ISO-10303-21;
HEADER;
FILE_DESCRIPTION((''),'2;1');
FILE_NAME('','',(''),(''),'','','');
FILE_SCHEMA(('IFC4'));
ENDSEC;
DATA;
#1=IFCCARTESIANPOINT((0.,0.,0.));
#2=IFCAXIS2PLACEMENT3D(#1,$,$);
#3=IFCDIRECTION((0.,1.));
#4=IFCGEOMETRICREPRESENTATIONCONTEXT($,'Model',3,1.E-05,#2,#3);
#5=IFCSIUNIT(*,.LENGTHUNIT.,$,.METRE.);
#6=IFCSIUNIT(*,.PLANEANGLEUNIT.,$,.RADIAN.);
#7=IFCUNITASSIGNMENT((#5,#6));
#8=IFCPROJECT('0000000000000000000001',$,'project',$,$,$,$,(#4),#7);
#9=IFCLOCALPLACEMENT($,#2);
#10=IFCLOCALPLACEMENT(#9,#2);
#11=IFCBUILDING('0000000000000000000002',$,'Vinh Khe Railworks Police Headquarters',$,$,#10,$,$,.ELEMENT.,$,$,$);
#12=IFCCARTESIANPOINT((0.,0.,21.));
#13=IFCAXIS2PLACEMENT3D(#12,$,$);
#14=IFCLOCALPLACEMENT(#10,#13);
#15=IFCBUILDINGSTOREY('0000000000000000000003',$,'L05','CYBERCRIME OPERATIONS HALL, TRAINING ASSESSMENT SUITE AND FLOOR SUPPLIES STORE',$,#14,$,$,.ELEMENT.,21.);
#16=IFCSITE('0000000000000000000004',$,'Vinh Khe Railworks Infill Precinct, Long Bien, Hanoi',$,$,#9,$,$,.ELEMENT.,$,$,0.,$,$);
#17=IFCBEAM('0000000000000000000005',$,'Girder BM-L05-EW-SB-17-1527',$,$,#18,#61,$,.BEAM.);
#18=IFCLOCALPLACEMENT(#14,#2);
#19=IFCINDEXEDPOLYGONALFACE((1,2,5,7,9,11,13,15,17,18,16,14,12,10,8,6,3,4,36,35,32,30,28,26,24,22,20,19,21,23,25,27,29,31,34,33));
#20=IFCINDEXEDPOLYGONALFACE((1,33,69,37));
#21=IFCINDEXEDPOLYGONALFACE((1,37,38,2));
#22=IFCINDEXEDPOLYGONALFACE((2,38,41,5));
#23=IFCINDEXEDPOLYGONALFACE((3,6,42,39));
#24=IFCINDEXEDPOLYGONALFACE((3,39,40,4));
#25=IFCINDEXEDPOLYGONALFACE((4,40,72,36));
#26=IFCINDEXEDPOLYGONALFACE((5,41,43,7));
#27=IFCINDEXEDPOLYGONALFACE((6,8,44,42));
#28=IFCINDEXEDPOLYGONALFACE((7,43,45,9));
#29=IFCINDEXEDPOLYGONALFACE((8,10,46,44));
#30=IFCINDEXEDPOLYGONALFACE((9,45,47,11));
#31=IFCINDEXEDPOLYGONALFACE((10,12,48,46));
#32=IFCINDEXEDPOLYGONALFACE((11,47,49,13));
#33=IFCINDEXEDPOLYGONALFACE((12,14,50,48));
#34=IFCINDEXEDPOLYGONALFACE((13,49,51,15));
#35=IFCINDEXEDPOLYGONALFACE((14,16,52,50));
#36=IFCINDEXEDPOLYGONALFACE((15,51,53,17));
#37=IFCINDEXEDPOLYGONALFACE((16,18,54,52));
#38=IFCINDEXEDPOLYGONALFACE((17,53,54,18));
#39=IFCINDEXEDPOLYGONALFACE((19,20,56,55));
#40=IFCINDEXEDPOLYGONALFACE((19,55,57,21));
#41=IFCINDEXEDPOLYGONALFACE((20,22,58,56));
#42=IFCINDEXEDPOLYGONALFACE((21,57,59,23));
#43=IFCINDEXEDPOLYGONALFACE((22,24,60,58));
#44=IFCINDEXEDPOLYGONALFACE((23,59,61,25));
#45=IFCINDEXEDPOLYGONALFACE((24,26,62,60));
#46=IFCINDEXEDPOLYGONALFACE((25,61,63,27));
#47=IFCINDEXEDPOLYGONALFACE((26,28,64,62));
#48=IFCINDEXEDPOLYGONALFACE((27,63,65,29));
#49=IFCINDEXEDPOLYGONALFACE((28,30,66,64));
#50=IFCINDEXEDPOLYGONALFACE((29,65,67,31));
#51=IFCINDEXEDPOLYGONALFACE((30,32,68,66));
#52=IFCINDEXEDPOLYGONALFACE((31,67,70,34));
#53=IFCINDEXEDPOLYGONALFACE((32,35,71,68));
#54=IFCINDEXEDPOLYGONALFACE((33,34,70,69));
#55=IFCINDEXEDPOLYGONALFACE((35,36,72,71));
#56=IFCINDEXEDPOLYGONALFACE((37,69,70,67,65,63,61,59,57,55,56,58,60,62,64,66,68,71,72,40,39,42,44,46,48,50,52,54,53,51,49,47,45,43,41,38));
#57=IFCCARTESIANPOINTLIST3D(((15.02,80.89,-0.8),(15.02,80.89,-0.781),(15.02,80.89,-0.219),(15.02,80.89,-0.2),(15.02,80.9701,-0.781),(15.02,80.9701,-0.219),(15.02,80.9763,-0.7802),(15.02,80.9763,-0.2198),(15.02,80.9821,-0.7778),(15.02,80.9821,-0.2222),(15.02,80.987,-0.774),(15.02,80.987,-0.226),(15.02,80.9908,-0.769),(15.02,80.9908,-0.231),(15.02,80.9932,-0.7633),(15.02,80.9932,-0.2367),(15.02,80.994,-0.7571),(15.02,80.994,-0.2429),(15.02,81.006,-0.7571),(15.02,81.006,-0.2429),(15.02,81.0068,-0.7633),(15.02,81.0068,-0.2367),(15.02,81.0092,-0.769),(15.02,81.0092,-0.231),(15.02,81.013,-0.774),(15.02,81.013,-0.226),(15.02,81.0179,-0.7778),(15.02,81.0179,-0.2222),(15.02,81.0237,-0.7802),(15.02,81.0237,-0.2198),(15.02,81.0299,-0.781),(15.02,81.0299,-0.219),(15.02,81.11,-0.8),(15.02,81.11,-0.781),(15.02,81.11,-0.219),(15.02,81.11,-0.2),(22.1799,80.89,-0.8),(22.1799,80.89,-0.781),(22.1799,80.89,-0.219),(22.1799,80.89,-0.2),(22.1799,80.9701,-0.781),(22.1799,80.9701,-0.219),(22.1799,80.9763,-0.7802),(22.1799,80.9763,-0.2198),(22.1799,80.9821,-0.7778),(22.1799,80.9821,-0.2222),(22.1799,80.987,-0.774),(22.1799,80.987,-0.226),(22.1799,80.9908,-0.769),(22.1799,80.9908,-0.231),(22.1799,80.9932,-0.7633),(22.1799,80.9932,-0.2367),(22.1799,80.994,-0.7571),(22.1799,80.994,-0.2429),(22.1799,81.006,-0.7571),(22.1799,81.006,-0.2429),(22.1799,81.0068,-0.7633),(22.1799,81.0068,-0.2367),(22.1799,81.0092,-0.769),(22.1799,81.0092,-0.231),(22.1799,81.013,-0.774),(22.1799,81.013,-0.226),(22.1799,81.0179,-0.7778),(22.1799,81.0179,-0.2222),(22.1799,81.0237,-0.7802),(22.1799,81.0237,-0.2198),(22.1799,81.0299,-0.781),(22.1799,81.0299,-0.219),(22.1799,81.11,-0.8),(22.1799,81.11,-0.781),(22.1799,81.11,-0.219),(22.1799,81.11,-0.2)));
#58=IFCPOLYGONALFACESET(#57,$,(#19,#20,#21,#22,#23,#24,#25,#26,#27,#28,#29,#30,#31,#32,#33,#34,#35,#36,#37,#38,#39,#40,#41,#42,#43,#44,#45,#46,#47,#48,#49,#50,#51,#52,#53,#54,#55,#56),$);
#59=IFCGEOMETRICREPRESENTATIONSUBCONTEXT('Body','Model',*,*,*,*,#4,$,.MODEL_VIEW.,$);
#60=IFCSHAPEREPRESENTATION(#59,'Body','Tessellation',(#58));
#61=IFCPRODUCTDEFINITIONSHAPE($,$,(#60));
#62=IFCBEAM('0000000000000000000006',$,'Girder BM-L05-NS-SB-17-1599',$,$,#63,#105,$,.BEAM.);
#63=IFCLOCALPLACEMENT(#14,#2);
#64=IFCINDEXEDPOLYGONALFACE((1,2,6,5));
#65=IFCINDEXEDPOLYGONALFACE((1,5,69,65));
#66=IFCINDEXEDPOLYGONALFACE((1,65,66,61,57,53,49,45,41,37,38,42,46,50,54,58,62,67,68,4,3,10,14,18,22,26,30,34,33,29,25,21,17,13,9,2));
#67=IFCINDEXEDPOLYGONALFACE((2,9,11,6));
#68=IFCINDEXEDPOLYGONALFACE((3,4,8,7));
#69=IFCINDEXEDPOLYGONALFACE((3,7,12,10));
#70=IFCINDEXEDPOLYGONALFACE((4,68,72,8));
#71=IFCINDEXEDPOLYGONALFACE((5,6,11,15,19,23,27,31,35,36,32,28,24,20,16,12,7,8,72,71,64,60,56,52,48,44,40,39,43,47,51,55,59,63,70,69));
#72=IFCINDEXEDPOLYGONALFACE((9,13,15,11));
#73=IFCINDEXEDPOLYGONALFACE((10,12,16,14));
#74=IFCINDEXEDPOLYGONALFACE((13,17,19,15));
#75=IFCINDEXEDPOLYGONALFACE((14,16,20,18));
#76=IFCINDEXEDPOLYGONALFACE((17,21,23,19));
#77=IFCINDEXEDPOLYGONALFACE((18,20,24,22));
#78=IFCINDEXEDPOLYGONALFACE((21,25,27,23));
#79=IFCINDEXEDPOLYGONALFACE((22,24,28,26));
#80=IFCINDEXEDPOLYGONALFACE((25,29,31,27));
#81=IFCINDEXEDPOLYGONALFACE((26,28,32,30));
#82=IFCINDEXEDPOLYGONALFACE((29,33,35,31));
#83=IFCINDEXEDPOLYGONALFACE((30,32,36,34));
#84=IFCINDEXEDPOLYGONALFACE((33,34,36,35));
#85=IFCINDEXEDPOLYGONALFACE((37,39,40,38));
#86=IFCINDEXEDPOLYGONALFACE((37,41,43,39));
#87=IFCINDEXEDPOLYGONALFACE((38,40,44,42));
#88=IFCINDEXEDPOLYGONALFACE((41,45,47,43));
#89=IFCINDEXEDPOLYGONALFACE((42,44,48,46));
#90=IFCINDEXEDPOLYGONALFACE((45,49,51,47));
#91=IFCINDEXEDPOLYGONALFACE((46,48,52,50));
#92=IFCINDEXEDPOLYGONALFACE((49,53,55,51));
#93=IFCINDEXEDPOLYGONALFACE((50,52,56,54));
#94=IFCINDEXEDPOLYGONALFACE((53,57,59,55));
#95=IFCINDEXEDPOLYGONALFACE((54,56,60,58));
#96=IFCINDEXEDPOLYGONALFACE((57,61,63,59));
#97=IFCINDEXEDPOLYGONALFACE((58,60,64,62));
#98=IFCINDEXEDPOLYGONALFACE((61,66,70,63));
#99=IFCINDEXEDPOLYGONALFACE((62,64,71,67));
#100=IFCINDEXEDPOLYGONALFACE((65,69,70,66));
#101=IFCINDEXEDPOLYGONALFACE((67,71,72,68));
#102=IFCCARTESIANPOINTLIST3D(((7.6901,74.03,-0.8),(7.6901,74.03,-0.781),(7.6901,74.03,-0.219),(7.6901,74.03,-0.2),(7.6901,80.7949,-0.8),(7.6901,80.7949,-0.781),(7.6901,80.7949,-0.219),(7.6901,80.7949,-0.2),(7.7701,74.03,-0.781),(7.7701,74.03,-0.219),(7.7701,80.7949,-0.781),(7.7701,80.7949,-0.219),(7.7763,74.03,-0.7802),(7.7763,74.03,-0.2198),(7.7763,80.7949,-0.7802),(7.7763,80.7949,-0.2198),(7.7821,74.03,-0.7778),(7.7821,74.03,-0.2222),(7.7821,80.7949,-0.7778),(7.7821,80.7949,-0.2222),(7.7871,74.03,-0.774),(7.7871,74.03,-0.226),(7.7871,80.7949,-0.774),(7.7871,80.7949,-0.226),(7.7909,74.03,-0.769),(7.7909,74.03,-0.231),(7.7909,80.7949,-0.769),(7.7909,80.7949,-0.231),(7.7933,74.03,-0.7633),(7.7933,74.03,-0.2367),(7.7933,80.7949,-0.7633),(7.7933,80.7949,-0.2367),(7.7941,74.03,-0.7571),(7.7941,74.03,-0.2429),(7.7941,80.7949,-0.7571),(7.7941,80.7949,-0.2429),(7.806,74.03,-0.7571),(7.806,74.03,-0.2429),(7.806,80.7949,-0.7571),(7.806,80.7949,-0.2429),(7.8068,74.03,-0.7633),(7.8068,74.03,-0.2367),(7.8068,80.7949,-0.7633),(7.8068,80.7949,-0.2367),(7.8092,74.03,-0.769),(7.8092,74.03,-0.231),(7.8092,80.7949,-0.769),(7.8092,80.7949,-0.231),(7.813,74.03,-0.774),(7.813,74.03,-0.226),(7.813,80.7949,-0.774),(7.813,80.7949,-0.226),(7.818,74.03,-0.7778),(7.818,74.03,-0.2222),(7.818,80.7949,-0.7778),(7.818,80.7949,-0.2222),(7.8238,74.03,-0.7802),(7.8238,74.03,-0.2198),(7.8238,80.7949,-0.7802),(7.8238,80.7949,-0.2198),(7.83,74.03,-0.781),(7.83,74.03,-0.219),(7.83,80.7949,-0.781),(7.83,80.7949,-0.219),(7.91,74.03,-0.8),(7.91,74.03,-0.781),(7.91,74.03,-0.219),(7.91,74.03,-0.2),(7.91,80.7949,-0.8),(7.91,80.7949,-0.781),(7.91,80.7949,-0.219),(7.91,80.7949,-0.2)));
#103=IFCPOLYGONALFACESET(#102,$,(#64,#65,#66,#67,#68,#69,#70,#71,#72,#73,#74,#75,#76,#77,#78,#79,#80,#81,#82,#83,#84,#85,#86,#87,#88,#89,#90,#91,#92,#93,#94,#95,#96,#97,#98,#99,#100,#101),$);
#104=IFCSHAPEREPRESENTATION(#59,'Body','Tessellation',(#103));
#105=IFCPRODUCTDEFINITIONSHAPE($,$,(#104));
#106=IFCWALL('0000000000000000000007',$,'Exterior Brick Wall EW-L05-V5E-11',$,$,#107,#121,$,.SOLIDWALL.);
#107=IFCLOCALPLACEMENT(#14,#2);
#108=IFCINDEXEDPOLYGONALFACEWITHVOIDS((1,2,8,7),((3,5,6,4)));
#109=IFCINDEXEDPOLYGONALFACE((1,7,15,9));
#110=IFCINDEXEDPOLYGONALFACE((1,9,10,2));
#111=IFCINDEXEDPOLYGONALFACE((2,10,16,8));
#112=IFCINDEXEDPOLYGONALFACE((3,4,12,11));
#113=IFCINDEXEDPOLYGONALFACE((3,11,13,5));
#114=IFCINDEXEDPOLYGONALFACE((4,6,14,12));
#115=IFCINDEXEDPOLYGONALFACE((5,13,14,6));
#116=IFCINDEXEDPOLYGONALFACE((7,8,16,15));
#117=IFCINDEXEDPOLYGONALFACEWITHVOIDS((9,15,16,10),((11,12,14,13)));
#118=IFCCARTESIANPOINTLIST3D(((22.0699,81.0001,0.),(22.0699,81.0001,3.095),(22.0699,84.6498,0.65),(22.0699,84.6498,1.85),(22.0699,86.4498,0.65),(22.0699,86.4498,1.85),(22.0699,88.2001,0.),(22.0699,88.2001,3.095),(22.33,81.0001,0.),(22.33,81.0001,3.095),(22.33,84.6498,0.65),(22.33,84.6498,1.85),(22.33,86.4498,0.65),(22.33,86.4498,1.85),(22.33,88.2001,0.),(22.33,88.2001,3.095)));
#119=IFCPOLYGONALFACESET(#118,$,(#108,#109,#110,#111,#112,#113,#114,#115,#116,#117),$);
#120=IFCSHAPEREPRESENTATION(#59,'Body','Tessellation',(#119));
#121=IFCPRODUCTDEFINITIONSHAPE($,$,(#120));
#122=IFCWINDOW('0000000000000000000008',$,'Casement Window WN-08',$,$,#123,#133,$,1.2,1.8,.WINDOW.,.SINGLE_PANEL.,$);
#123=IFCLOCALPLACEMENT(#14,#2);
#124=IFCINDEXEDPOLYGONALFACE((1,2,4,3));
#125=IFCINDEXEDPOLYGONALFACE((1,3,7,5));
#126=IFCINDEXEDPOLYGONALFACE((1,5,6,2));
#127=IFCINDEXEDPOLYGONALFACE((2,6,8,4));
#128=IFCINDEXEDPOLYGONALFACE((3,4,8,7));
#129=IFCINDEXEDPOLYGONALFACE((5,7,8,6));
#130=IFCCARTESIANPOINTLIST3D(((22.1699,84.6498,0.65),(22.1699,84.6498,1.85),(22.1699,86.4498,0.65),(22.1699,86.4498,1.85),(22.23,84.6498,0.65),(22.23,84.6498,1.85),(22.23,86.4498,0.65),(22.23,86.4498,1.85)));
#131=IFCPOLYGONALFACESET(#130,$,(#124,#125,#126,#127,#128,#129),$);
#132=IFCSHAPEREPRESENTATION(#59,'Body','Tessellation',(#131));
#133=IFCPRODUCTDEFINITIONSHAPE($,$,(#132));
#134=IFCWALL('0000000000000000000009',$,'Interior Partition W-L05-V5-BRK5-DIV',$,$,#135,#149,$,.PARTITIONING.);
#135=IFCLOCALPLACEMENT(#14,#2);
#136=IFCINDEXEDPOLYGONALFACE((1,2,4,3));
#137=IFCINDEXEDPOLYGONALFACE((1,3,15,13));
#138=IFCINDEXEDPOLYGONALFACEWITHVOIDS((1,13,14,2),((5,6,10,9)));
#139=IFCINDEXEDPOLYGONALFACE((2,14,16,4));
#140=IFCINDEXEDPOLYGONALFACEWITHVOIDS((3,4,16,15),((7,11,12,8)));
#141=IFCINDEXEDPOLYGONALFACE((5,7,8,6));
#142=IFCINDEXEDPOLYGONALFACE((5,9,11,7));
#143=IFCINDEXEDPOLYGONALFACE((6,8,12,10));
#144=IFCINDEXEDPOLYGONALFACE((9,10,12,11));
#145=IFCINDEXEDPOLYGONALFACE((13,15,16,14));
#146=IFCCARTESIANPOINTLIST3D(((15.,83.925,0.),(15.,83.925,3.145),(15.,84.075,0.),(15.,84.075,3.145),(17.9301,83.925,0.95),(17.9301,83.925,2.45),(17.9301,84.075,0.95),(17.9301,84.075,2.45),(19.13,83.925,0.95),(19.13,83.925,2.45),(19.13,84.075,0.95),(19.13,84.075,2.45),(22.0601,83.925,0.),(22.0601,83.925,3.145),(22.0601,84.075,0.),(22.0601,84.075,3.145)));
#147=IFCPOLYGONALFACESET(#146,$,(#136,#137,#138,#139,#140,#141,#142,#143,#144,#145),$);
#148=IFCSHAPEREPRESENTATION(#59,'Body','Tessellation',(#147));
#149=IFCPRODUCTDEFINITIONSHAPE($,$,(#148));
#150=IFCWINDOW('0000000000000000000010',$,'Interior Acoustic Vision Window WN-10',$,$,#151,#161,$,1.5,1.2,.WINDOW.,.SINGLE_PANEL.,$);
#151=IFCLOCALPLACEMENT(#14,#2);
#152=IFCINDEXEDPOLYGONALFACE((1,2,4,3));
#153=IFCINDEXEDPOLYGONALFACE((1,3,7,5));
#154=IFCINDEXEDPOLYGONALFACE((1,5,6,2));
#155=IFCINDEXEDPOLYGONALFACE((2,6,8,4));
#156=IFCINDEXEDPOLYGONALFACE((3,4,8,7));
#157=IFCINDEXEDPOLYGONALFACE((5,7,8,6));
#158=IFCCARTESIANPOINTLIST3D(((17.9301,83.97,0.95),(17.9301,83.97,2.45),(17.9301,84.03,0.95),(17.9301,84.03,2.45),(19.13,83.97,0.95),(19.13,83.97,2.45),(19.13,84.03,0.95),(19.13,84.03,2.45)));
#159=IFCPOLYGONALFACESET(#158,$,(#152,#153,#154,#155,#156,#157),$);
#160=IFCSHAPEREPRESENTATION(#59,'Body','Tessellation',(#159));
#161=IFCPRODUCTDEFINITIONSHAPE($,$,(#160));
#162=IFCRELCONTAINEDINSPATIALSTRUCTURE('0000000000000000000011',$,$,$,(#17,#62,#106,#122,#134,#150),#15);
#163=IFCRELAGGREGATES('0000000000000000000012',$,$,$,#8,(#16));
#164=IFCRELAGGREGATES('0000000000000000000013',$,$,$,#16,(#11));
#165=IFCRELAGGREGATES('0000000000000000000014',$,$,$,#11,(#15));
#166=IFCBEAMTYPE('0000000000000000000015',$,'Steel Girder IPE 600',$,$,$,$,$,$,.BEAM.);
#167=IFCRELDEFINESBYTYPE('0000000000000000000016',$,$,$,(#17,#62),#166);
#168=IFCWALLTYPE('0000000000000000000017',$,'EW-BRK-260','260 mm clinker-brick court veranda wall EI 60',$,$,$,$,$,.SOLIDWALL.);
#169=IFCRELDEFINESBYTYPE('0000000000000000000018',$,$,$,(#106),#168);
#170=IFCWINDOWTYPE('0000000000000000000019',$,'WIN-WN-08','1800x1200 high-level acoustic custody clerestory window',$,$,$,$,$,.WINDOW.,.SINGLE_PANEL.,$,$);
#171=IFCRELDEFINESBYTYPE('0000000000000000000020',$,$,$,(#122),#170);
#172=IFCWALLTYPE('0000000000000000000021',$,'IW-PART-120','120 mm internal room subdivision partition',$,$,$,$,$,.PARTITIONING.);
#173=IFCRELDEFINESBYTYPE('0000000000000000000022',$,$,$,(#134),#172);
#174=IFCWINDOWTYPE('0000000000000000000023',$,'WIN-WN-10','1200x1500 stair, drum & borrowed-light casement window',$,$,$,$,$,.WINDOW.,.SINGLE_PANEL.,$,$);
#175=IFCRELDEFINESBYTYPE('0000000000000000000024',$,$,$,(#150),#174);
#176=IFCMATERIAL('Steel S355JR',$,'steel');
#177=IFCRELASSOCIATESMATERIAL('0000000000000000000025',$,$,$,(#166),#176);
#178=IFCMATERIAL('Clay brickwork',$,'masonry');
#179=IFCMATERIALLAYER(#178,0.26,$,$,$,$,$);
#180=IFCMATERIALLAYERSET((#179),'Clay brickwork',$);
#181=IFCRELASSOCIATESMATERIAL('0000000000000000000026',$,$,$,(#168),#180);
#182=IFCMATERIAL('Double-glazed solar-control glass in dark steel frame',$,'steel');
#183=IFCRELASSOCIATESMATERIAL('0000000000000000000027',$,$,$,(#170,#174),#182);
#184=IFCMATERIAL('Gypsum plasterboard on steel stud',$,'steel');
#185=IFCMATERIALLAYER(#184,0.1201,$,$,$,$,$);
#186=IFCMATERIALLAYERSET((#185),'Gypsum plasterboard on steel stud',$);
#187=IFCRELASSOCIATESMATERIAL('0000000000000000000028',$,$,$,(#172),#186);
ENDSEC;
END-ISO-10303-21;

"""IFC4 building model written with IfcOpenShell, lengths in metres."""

from ifc_helpers import new_model, si_unit, direction, frame, frame_2d, origin, origin_2d, place, context, subcontext, project, spatial, rectangle, i_section, extrude, material, layer, layer_set, material_profile, profile_set, type_object, element, fill, save


model = new_model("IFC4")

# Units and contexts
model_context = context("Model", 3, precision=1e-05, world=origin(), true_north=direction((0.0, 1.0)))
body_context = subcontext(model_context, "Body", "Model", "MODEL_VIEW")
ifc_project = project(units=[si_unit("LENGTHUNIT", "METRE"), si_unit("PLANEANGLEUNIT", "RADIAN")], contexts=[model_context])

# Site, building, storey
site_placement = place(None, origin())
site = spatial("IfcSite", under=ifc_project, at=site_placement, Name="Vinh Khe Railworks Infill Precinct, Long Bien, Hanoi", CompositionType="ELEMENT", RefElevation=0.0)
building_placement = place(site_placement, origin())
building = spatial("IfcBuilding", under=site, at=building_placement, Name="Vinh Khe Railworks Police Headquarters", CompositionType="ELEMENT")
storey_placement = place(building_placement, frame((0.0, 0.0, 21.0)))
storey = spatial("IfcBuildingStorey", under=building, at=storey_placement, Name="L05", Description="CYBERCRIME OPERATIONS HALL, TRAINING ASSESSMENT SUITE AND FLOOR SUPPLIES STORE", CompositionType="ELEMENT", Elevation=21.0)

# Shared definitions
ifc_material_1 = material(Name="Steel S355JR", Category="steel")

# Beams
ifc_material_profile_1 = material_profile(ifc_material_1, i_section(OverallWidth=0.22, OverallDepth=0.6001, WebThickness=0.012, FlangeThickness=0.019, FilletRadius=0.0239, at=origin_2d()), Name="IPE 600")
ifc_profile_set_1 = profile_set([ifc_material_profile_1], Name="Steel S355JR")
beam_type_1 = type_object("IfcBeamType", Name="Steel Girder IPE 600", PredefinedType="BEAM", material=ifc_profile_set_1)
beam_1_placement = place(storey_placement, frame((15.02, 81.0, -0.5), z_axis=(1.0, 0.0, 0.0), x_axis=(0.0, 1.0, 0.0)))
element("IfcBeam", 1, at=beam_1_placement, inside=storey, type_object=beam_type_1, Name="Girder BM-L05-EW-SB-17-1527", PredefinedType="BEAM", context=body_context, shape_type="SweptSolid", body=[
    extrude(i_section(OverallWidth=0.22, OverallDepth=0.6001, WebThickness=0.012, FlangeThickness=0.019, FilletRadius=0.0239, at=origin_2d()), origin(), (0.0, 0.0, 1.0), 7.1599),
])
beam_2_placement = place(storey_placement, frame((7.8, 74.03, -0.5), z_axis=(0.0, 1.0, 0.0), x_axis=(-1.0, 0.0, 0.0)))
element("IfcBeam", 2, at=beam_2_placement, inside=storey, type_object=beam_type_1, Name="Girder BM-L05-NS-SB-17-1599", PredefinedType="BEAM", context=body_context, shape_type="SweptSolid", body=[
    extrude(i_section(OverallWidth=0.22, OverallDepth=0.6001, WebThickness=0.012, FlangeThickness=0.019, FilletRadius=0.0239, at=origin_2d()), origin(), (0.0, 0.0, 1.0), 6.7649),
])

# Walls, openings, windows
ifc_material_2 = material(Name="Clay brickwork", Category="masonry")
ifc_layer_1 = layer(ifc_material_2, 0.26)
ifc_layer_set_1 = layer_set([ifc_layer_1], Name="Clay brickwork")
wall_type_1 = type_object("IfcWallType", Name="EW-BRK-260", Description="260 mm clinker-brick court veranda wall EI 60", PredefinedType="SOLIDWALL", material=ifc_layer_set_1)
wall_1_placement = place(storey_placement, frame((22.2, 81.0, 0.0), z_axis=(0.0, 0.0, 1.0), x_axis=(0.0, 1.0, 0.0)))
wall_1 = element("IfcWall", 3, at=wall_1_placement, inside=storey, type_object=wall_type_1, Name="Exterior Brick Wall EW-L05-V5E-11", PredefinedType="SOLIDWALL", context=body_context, shape_type="SweptSolid", body=[
    extrude(rectangle(XDim=7.2, YDim=0.26, at=frame_2d((3.6001, 0.0))), origin(), (0.0, 0.0, 1.0), 3.095),
])
opening_1_placement = place(wall_1_placement, frame((3.6499, 0.0, 0.6499)))
opening_1 = element("IfcOpeningElement", 4, at=opening_1_placement, cuts=wall_1, PredefinedType="OPENING", context=body_context, shape_type="SweptSolid", body=[
    extrude(rectangle(XDim=1.8, YDim=1.2, at=frame_2d((0.8999, 0.6001))), frame((0.0, 0.145, 0.0), z_axis=(0.0, -1.0, 0.0), x_axis=(1.0, 0.0, 0.0)), (0.0, 0.0, 1.0), 0.2898),
])
ifc_material_3 = material(Name="Double-glazed solar-control glass in dark steel frame", Category="steel")
window_type_1 = type_object("IfcWindowType", Name="WIN-WN-08", Description="1800x1200 high-level acoustic custody clerestory window", PartitioningType="SINGLE_PANEL", PredefinedType="WINDOW", material=ifc_material_3)
window_1_placement = place(opening_1_placement, origin())
window_1 = element("IfcWindow", 5, at=window_1_placement, inside=storey, type_object=window_type_1, Name="Casement Window WN-08", OverallHeight=1.2, OverallWidth=1.8, PartitioningType="SINGLE_PANEL", PredefinedType="WINDOW", context=body_context, shape_type="SweptSolid", body=[
    extrude(rectangle(XDim=1.8, YDim=1.2, at=frame_2d((0.8999, 0.6001))), frame((0.0, 0.03, 0.0), z_axis=(0.0, -1.0, 0.0), x_axis=(1.0, 0.0, 0.0)), (0.0, 0.0, 1.0), 0.0601),
])
fill(opening_1, window_1)
ifc_material_4 = material(Name="Gypsum plasterboard on steel stud", Category="steel")
ifc_layer_2 = layer(ifc_material_4, 0.1201)
ifc_layer_set_2 = layer_set([ifc_layer_2], Name="Gypsum plasterboard on steel stud")
wall_type_2 = type_object("IfcWallType", Name="IW-PART-120", Description="120 mm internal room subdivision partition", PredefinedType="PARTITIONING", material=ifc_layer_set_2)
wall_2_placement = place(storey_placement, frame((15.0, 84.0, 0.0), z_axis=(0.0, 0.0, 1.0), x_axis=(1.0, 0.0, 0.0)))
wall_2 = element("IfcWall", 6, at=wall_2_placement, inside=storey, type_object=wall_type_2, Name="Interior Partition W-L05-V5-BRK5-DIV", PredefinedType="PARTITIONING", context=body_context, shape_type="SweptSolid", body=[
    extrude(rectangle(XDim=7.0601, YDim=0.1499, at=frame_2d((3.53, 0.0))), origin(), (0.0, 0.0, 1.0), 3.145),
])
opening_2_placement = place(wall_2_placement, frame((2.9299, 0.0, 0.95)))
opening_2 = element("IfcOpeningElement", 7, at=opening_2_placement, cuts=wall_2, PredefinedType="OPENING", context=body_context, shape_type="SweptSolid", body=[
    extrude(rectangle(XDim=1.2, YDim=1.5, at=frame_2d((0.6001, 0.75))), frame((0.0, 0.0898, 0.0), z_axis=(0.0, -1.0, 0.0), x_axis=(1.0, 0.0, 0.0)), (0.0, 0.0, 1.0), 0.1797),
])
window_type_2 = type_object("IfcWindowType", Name="WIN-WN-10", Description="1200x1500 stair, drum & borrowed-light casement window", PartitioningType="SINGLE_PANEL", PredefinedType="WINDOW", material=ifc_material_3)
window_2_placement = place(opening_2_placement, origin())
window_2 = element("IfcWindow", 8, at=window_2_placement, inside=storey, type_object=window_type_2, Name="Interior Acoustic Vision Window WN-10", OverallHeight=1.5, OverallWidth=1.2, PartitioningType="SINGLE_PANEL", PredefinedType="WINDOW", context=body_context, shape_type="SweptSolid", body=[
    extrude(rectangle(XDim=1.2, YDim=1.5, at=frame_2d((0.6001, 0.75))), frame((0.0, 0.03, 0.0), z_axis=(0.0, -1.0, 0.0), x_axis=(1.0, 0.0, 0.0)), (0.0, 0.0, 1.0), 0.0601),
])
fill(opening_2, window_2)

save(model, "model.ifc")
